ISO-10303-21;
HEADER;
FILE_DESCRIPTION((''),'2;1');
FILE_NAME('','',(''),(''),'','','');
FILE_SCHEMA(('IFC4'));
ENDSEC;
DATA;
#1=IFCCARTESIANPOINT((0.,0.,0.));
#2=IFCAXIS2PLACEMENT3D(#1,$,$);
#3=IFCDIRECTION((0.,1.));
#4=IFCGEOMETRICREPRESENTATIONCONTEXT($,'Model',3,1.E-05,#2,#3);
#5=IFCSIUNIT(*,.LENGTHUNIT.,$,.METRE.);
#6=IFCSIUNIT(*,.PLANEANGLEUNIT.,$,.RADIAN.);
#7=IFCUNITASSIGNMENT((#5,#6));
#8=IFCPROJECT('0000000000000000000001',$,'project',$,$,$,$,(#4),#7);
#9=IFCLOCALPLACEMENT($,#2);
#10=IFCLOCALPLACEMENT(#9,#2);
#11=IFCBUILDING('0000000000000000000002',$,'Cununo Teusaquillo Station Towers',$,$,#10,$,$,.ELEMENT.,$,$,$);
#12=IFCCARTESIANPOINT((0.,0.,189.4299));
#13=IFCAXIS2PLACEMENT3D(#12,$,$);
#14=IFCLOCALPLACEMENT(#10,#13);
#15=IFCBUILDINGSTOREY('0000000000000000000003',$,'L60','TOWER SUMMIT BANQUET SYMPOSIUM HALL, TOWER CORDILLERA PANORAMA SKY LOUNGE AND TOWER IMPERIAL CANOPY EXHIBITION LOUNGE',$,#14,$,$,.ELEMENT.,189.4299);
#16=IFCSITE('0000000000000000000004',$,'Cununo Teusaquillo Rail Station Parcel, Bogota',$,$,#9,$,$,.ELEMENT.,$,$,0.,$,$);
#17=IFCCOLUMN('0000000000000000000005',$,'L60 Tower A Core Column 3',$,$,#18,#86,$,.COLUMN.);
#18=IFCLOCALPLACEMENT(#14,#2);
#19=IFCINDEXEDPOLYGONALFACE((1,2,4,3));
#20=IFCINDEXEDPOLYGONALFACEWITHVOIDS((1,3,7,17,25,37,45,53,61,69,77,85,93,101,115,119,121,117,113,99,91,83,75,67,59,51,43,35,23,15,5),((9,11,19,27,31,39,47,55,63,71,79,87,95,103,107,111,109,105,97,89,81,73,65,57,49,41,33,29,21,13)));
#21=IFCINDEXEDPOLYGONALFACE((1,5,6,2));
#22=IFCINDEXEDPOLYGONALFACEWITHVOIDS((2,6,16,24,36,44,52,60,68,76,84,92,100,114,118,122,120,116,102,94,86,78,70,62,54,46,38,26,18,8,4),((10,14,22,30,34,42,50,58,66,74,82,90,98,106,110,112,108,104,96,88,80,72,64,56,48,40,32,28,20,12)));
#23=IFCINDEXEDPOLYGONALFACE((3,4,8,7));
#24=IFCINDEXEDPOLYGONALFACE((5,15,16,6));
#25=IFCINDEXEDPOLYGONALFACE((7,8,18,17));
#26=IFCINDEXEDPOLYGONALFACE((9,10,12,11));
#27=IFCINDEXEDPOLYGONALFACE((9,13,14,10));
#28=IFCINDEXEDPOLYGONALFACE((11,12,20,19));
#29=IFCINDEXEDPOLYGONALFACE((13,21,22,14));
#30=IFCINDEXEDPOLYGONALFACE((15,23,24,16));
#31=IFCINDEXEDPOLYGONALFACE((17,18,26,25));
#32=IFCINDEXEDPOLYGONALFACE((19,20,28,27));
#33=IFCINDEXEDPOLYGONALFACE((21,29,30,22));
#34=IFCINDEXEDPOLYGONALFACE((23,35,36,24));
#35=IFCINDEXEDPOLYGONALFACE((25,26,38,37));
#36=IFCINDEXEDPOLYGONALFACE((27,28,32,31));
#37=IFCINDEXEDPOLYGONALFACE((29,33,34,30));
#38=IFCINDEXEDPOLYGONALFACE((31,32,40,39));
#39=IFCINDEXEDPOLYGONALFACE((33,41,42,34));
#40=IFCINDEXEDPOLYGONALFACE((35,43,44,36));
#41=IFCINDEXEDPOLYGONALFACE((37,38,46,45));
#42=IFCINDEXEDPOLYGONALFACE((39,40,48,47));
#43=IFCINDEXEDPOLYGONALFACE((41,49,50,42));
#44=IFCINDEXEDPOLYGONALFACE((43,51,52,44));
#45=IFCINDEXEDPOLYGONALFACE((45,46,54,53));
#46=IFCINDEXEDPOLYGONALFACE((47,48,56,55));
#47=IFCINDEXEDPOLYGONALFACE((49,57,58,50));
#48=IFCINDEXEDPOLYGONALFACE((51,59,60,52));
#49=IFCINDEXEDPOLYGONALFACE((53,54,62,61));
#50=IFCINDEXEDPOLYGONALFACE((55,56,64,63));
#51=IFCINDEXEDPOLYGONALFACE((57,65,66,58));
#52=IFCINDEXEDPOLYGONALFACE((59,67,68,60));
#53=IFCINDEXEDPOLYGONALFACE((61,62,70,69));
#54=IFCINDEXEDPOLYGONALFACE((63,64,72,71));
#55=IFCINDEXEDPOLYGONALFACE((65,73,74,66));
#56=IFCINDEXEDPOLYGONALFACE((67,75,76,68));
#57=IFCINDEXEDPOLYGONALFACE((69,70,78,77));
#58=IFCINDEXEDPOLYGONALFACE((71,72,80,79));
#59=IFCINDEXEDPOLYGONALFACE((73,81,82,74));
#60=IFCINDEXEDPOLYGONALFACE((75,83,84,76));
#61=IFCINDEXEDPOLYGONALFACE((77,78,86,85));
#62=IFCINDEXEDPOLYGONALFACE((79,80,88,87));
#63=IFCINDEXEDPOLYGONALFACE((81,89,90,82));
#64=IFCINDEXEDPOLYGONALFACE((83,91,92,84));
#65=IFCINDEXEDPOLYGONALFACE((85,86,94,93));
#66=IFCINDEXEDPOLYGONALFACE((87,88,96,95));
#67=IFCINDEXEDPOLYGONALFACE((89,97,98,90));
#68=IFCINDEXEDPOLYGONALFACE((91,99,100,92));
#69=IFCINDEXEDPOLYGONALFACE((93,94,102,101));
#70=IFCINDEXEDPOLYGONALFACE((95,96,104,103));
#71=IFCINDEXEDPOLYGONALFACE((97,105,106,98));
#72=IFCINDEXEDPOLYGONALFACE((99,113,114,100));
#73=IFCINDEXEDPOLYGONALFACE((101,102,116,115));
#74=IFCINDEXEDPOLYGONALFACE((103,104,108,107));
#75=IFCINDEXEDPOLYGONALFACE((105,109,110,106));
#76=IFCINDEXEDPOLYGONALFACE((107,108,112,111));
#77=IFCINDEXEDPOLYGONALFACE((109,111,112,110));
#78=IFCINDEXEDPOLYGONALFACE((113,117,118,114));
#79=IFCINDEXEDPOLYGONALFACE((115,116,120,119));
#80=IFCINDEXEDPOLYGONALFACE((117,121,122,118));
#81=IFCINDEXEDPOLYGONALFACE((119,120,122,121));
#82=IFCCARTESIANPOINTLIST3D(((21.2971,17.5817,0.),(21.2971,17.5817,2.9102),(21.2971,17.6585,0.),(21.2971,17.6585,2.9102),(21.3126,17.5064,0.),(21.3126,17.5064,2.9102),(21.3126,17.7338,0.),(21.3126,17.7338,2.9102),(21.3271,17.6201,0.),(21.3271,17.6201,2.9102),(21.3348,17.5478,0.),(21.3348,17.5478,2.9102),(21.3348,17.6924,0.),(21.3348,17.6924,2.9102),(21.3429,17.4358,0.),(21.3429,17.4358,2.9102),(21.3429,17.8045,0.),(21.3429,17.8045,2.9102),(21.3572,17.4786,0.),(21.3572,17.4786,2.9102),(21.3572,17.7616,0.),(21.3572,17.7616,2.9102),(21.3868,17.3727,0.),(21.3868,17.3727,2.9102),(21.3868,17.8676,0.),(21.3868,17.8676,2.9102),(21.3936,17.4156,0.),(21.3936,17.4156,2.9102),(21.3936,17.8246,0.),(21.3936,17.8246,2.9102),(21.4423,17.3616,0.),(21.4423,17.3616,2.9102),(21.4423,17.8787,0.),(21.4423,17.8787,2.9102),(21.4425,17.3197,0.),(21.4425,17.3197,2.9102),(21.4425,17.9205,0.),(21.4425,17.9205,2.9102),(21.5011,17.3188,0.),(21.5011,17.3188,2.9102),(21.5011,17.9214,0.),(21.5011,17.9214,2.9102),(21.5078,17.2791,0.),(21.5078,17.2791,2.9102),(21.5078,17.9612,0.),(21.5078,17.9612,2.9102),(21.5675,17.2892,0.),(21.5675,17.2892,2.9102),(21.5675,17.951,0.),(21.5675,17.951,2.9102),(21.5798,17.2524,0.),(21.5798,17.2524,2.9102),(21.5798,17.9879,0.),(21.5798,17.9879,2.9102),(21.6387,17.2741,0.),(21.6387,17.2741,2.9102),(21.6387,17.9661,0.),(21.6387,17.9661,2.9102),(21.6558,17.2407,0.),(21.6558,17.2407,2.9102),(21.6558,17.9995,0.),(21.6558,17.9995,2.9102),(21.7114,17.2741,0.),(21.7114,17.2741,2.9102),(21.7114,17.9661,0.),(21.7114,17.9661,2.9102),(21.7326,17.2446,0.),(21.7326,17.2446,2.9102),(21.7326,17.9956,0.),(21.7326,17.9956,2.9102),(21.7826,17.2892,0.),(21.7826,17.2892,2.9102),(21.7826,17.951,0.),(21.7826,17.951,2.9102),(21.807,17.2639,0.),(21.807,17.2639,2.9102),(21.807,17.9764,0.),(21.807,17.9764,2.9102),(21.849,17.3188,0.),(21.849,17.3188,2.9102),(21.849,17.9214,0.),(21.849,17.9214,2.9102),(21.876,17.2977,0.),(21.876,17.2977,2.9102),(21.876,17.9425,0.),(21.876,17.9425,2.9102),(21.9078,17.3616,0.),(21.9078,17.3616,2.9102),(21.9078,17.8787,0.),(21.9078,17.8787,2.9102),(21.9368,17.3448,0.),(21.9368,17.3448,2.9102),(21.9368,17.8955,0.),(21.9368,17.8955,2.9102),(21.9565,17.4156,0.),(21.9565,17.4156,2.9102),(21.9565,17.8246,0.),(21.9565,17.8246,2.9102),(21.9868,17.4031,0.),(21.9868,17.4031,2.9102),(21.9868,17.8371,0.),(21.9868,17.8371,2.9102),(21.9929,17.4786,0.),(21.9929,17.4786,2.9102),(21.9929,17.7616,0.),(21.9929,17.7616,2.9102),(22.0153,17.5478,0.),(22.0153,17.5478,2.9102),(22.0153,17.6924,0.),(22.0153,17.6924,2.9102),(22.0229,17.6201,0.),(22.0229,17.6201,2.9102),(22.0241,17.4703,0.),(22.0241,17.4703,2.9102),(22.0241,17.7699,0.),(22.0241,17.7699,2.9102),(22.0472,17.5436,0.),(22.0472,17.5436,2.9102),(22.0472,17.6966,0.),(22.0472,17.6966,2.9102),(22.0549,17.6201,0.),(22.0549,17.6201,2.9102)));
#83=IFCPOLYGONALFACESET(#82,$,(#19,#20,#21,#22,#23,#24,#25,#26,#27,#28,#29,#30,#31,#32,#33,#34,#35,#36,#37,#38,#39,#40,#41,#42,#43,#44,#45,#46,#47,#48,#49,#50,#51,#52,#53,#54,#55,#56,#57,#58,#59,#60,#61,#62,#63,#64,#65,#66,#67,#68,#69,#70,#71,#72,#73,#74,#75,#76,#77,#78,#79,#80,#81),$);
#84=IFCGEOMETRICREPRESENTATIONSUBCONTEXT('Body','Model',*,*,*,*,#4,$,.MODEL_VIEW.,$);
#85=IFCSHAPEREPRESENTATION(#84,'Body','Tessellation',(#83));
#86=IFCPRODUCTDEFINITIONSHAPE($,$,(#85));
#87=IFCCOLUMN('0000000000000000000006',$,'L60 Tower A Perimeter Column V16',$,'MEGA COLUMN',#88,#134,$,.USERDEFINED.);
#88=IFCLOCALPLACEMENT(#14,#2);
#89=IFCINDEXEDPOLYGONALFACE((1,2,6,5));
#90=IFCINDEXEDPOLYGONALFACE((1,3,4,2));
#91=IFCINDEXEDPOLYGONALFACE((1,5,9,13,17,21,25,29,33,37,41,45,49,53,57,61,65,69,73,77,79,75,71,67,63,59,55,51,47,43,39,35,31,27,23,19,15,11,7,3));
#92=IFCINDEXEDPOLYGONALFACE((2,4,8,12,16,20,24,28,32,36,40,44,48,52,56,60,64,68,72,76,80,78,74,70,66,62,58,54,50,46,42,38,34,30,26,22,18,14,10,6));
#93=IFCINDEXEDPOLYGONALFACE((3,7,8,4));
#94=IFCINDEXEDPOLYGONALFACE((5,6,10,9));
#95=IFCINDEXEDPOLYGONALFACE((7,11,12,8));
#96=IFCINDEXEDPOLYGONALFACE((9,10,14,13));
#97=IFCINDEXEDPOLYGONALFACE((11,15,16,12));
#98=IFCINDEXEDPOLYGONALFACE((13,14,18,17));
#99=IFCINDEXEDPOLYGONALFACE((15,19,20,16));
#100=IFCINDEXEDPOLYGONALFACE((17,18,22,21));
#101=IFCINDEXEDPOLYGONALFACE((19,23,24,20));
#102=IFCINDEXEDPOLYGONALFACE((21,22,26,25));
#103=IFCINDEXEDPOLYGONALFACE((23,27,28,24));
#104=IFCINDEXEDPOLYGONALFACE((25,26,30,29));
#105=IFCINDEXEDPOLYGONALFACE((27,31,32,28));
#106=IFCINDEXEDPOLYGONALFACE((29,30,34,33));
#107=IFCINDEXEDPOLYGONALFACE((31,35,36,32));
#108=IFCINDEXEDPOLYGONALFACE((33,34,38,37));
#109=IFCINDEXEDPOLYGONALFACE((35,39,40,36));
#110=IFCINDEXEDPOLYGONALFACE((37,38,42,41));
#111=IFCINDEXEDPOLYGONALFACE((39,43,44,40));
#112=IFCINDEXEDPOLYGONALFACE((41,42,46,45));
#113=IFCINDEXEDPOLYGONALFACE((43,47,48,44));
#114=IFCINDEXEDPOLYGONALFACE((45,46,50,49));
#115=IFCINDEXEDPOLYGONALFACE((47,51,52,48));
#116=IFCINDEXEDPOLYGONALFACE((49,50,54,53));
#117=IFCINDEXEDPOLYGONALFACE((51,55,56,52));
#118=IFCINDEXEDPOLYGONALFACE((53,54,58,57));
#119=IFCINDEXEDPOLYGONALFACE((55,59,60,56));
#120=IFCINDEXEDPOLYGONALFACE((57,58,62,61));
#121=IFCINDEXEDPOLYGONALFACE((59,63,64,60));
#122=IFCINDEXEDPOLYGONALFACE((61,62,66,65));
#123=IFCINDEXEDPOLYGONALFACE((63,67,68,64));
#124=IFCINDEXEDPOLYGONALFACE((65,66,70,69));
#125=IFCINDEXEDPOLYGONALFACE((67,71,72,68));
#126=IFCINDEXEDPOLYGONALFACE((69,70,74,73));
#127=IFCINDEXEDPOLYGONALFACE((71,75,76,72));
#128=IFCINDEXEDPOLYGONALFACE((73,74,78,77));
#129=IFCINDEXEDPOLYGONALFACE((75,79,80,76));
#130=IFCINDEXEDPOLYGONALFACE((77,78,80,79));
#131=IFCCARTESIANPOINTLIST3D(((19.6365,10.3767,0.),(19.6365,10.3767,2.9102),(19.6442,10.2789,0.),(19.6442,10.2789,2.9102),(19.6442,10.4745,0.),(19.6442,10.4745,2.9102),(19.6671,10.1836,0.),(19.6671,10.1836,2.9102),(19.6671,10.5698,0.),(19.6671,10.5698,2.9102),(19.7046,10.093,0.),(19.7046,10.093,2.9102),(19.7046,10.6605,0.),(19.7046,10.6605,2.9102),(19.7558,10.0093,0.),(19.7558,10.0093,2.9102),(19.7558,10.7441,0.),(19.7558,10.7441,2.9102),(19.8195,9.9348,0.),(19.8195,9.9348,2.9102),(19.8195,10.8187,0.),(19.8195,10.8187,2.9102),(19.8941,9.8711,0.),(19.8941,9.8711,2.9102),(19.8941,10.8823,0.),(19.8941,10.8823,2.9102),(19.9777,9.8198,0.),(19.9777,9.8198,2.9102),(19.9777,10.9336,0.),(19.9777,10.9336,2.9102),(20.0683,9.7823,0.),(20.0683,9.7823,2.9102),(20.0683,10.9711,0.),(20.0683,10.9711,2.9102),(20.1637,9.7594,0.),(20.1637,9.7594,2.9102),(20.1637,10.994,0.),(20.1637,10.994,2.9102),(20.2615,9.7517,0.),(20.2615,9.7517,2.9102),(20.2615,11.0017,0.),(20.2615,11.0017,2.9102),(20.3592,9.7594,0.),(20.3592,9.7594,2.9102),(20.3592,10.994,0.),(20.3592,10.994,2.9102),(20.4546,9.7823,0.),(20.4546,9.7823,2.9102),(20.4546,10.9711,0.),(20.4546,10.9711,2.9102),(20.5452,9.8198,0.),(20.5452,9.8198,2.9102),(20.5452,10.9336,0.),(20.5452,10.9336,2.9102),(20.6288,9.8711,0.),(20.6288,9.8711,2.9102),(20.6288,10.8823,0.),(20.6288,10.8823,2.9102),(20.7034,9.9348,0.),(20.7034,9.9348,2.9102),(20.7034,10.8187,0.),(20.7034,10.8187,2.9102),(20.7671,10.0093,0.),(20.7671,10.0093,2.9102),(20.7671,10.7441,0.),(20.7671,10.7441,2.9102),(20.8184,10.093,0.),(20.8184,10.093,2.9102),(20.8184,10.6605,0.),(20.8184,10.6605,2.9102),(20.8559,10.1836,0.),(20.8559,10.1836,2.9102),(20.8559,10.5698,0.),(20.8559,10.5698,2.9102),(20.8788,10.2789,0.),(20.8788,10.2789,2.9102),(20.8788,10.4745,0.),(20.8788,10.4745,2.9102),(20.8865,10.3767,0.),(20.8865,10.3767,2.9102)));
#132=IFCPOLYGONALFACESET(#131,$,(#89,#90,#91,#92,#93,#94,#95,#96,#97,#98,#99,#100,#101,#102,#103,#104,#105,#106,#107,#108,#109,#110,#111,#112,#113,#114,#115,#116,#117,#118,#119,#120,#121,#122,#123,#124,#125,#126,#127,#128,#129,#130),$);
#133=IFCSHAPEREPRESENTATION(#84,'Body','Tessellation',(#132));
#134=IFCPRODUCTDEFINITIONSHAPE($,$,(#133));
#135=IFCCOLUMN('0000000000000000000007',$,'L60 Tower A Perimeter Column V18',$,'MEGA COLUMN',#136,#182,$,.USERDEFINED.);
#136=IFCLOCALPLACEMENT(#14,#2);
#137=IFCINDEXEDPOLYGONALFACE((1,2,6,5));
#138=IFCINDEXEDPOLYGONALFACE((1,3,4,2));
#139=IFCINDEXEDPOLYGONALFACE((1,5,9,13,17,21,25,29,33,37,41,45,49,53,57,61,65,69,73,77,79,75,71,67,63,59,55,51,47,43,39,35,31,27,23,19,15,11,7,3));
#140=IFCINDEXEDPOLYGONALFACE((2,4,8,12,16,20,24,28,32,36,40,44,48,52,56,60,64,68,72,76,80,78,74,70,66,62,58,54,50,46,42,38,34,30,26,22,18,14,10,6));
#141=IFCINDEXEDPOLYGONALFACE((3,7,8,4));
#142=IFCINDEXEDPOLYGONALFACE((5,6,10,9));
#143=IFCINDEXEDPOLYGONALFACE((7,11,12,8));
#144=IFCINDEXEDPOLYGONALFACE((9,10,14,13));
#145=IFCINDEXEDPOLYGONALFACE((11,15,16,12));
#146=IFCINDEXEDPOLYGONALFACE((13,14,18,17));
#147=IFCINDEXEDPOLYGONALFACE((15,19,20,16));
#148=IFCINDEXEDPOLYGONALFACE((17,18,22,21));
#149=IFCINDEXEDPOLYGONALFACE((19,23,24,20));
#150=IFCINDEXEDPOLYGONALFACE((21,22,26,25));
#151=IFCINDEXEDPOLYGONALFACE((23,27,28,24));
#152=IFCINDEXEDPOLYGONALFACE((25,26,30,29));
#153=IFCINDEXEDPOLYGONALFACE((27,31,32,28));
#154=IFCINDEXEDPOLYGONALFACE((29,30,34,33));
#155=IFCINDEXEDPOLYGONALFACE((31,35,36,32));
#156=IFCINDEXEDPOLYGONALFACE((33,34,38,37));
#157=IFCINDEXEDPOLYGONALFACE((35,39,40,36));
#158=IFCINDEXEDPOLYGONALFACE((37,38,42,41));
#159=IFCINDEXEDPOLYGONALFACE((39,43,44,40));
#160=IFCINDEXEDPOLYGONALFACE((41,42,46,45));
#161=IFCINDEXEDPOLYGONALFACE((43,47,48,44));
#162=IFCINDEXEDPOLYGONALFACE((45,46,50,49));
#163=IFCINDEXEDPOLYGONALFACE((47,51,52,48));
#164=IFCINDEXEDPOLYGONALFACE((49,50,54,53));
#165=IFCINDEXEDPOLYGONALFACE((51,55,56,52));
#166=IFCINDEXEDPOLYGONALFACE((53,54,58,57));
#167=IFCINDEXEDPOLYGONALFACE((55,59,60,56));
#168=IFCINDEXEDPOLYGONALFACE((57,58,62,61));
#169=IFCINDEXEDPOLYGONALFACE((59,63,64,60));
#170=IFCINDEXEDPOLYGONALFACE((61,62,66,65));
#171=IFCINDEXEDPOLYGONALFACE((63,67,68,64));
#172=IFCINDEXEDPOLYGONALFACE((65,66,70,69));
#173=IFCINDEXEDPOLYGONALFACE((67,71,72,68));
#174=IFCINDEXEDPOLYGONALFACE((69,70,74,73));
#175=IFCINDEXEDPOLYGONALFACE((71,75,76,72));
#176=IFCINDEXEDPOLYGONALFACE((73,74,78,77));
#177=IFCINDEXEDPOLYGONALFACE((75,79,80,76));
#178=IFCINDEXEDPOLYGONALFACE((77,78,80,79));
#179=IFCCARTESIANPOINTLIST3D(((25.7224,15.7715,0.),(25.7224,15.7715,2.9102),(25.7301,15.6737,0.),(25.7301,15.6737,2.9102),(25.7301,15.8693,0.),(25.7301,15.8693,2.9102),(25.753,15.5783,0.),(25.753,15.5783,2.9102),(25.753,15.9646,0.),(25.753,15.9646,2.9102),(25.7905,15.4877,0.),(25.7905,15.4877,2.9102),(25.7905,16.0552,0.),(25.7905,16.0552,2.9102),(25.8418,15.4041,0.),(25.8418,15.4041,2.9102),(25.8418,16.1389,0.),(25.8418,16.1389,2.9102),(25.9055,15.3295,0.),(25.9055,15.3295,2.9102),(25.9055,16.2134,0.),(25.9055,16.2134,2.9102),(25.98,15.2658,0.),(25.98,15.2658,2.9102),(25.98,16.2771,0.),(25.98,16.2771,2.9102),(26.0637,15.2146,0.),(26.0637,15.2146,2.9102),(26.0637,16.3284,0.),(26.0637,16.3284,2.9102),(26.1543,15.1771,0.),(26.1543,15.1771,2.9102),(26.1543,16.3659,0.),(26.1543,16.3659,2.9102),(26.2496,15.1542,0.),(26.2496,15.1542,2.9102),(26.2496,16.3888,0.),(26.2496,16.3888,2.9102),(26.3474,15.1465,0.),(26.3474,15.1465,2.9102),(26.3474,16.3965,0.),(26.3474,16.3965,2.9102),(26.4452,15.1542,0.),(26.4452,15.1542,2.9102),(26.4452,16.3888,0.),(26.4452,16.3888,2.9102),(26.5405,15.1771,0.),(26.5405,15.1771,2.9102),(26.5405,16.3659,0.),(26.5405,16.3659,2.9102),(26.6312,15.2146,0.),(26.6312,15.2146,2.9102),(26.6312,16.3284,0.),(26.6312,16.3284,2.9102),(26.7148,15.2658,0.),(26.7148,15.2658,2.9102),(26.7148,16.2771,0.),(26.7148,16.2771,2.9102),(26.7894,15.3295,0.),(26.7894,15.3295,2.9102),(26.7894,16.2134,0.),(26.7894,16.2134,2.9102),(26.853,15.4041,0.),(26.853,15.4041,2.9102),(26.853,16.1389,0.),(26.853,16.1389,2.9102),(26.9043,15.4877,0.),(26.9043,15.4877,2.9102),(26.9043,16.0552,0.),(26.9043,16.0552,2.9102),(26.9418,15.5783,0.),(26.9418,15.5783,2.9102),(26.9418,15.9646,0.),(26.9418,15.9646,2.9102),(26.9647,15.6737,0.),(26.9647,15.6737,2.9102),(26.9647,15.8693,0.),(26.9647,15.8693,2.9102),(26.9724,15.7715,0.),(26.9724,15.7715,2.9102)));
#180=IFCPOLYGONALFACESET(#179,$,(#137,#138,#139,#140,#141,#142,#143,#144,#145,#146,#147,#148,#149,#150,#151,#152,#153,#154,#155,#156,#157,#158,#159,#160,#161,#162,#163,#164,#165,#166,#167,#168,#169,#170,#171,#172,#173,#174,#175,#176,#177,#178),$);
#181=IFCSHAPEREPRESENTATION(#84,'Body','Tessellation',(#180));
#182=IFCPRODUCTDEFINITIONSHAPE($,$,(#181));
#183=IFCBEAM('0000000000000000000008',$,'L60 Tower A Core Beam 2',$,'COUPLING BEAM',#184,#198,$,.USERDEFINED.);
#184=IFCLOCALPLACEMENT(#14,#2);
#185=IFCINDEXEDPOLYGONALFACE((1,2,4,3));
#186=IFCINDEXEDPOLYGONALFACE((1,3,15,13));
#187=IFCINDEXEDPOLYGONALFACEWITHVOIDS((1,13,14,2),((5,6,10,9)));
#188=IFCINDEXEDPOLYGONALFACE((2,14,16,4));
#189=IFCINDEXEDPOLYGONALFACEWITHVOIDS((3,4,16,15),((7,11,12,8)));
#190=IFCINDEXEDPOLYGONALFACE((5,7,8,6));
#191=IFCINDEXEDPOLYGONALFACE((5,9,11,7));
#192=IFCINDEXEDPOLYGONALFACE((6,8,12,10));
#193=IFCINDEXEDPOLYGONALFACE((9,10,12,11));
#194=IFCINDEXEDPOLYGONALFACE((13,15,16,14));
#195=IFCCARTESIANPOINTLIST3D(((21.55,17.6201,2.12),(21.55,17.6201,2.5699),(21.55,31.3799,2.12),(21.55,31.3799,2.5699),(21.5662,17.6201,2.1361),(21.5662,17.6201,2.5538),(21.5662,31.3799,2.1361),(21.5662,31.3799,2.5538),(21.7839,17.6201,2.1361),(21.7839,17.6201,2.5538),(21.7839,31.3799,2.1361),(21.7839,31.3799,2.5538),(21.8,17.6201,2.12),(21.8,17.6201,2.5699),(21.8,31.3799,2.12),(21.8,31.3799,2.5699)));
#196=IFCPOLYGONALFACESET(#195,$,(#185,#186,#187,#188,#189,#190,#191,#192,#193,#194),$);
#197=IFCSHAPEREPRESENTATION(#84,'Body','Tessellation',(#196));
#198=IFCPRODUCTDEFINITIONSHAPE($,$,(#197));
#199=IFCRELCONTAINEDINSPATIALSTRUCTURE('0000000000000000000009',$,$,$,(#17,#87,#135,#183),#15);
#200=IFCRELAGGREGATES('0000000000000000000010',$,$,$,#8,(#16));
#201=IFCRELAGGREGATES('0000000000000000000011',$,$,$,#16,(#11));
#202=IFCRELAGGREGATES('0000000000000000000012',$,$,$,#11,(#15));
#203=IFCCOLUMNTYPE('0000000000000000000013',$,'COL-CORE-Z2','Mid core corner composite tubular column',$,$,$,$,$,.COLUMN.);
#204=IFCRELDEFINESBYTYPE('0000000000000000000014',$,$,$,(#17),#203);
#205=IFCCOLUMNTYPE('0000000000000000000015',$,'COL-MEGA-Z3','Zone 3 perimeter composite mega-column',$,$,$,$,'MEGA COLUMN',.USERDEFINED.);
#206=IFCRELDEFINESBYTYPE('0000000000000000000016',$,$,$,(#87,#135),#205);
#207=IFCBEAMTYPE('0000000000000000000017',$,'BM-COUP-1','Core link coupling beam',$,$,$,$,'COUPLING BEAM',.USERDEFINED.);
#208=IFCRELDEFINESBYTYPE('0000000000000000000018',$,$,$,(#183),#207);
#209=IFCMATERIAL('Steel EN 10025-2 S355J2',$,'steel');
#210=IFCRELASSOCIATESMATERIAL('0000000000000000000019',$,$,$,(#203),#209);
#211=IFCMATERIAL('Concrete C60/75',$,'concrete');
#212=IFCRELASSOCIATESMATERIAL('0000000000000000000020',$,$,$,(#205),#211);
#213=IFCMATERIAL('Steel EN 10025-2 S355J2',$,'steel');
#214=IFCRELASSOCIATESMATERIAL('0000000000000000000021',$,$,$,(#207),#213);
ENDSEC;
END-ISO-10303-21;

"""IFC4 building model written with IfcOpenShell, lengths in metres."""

from ifc_helpers import new_model, si_unit, direction, frame, origin, origin_2d, place, context, subcontext, project, spatial, hollow_rectangle, circle, hollow_circle, extrude, material, material_profile, profile_set, type_object, element, save


model = new_model("IFC4")

# Units and contexts
model_context = context("Model", 3, precision=1e-05, world=origin(), true_north=direction((0.0, 1.0)))
body_context = subcontext(model_context, "Body", "Model", "MODEL_VIEW")
ifc_project = project(units=[si_unit("LENGTHUNIT", "METRE"), si_unit("PLANEANGLEUNIT", "RADIAN")], contexts=[model_context])

# Site, building, storey
site_placement = place(None, origin())
site = spatial("IfcSite", under=ifc_project, at=site_placement, Name="Cununo Teusaquillo Rail Station Parcel, Bogota", CompositionType="ELEMENT", RefElevation=0.0)
building_placement = place(site_placement, origin())
building = spatial("IfcBuilding", under=site, at=building_placement, Name="Cununo Teusaquillo Station Towers", CompositionType="ELEMENT")
storey_placement = place(building_placement, frame((0.0, 0.0, 189.4299)))
storey = spatial("IfcBuildingStorey", under=building, at=storey_placement, Name="L60", Description="TOWER SUMMIT BANQUET SYMPOSIUM HALL, TOWER CORDILLERA PANORAMA SKY LOUNGE AND TOWER IMPERIAL CANOPY EXHIBITION LOUNGE", CompositionType="ELEMENT", Elevation=189.4299)

# Columns
ifc_material_1 = material(Name="Steel EN 10025-2 S355J2", Category="steel")
ifc_material_profile_1 = material_profile(ifc_material_1, hollow_circle(Radius=0.3799, WallThickness=0.032, at=origin_2d()), Name="CHS 760x32")
ifc_profile_set_1 = profile_set([ifc_material_profile_1], Name="Steel EN 10025-2 S355J2")
column_type_1 = type_object("IfcColumnType", Name="COL-CORE-Z2", Description="Mid core corner composite tubular column", PredefinedType="COLUMN", material=ifc_profile_set_1)
column_placement = place(storey_placement, frame((21.675, 17.6201, 0.0), z_axis=(0.0, 0.0, 1.0), x_axis=(1.0, 0.0, 0.0)))
element("IfcColumn", 1, at=column_placement, inside=storey, type_object=column_type_1, Name="L60 Tower A Core Column 3", PredefinedType="COLUMN", context=body_context, shape_type="SweptSolid", body=[
    extrude(hollow_circle(Radius=0.3799, WallThickness=0.032, at=origin_2d()), origin(), (0.0, 0.0, 1.0), 2.9102),
])
ifc_material_2 = material(Name="Concrete C60/75", Category="concrete")
ifc_material_profile_2 = material_profile(ifc_material_2, circle(Radius=0.625, at=origin_2d()), Name="RC-CIRC-1250")
ifc_profile_set_2 = profile_set([ifc_material_profile_2], Name="Concrete C60/75")
column_type_2 = type_object("IfcColumnType", Name="COL-MEGA-Z3", Description="Zone 3 perimeter composite mega-column", ElementType="MEGA COLUMN", PredefinedType="USERDEFINED", material=ifc_profile_set_2)
for number, where, z_axis, x_axis, name in (
    (2, (20.2615, 10.3767, 0.0), (0.0, 0.0, 1.0), (1.0, 0.0, 0.0), "L60 Tower A Perimeter Column V16"),
    (3, (26.3474, 15.7715, 0.0), (0.0, 0.0, 1.0), (1.0, 0.0, 0.0), "L60 Tower A Perimeter Column V18"),
):
    element("IfcColumn", number, at=place(storey_placement, frame(where, z_axis=z_axis, x_axis=x_axis)), inside=storey, type_object=column_type_2, Name=name, ObjectType="MEGA COLUMN", PredefinedType="USERDEFINED", context=body_context, shape_type="SweptSolid", body=[
        extrude(circle(Radius=0.625, at=origin_2d()), origin(), (0.0, 0.0, 1.0), 2.9102),
    ])

# Beam
ifc_material_3 = material(Name="Steel EN 10025-2 S355J2", Category="steel")
ifc_material_profile_3 = material_profile(ifc_material_3, hollow_rectangle(XDim=0.25, YDim=0.45, WallThickness=0.0161, at=origin_2d()), Name="RHS 450x250x16")
ifc_profile_set_3 = profile_set([ifc_material_profile_3], Name="Steel EN 10025-2 S355J2")
beam_type_1 = type_object("IfcBeamType", Name="BM-COUP-1", Description="Core link coupling beam", ElementType="COUPLING BEAM", PredefinedType="USERDEFINED", material=ifc_profile_set_3)
beam_1_placement = place(storey_placement, frame((21.675, 17.6201, 2.345), z_axis=(0.0, 1.0, 0.0), x_axis=(-1.0, 0.0, 0.0)))
element("IfcBeam", 4, at=beam_1_placement, inside=storey, type_object=beam_type_1, Name="L60 Tower A Core Beam 2", ObjectType="COUPLING BEAM", PredefinedType="USERDEFINED", context=body_context, shape_type="SweptSolid", body=[
    extrude(hollow_rectangle(XDim=0.25, YDim=0.45, WallThickness=0.0161, at=origin_2d()), origin(), (0.0, 0.0, 1.0), 13.7598),
])

save(model, "model.ifc")
